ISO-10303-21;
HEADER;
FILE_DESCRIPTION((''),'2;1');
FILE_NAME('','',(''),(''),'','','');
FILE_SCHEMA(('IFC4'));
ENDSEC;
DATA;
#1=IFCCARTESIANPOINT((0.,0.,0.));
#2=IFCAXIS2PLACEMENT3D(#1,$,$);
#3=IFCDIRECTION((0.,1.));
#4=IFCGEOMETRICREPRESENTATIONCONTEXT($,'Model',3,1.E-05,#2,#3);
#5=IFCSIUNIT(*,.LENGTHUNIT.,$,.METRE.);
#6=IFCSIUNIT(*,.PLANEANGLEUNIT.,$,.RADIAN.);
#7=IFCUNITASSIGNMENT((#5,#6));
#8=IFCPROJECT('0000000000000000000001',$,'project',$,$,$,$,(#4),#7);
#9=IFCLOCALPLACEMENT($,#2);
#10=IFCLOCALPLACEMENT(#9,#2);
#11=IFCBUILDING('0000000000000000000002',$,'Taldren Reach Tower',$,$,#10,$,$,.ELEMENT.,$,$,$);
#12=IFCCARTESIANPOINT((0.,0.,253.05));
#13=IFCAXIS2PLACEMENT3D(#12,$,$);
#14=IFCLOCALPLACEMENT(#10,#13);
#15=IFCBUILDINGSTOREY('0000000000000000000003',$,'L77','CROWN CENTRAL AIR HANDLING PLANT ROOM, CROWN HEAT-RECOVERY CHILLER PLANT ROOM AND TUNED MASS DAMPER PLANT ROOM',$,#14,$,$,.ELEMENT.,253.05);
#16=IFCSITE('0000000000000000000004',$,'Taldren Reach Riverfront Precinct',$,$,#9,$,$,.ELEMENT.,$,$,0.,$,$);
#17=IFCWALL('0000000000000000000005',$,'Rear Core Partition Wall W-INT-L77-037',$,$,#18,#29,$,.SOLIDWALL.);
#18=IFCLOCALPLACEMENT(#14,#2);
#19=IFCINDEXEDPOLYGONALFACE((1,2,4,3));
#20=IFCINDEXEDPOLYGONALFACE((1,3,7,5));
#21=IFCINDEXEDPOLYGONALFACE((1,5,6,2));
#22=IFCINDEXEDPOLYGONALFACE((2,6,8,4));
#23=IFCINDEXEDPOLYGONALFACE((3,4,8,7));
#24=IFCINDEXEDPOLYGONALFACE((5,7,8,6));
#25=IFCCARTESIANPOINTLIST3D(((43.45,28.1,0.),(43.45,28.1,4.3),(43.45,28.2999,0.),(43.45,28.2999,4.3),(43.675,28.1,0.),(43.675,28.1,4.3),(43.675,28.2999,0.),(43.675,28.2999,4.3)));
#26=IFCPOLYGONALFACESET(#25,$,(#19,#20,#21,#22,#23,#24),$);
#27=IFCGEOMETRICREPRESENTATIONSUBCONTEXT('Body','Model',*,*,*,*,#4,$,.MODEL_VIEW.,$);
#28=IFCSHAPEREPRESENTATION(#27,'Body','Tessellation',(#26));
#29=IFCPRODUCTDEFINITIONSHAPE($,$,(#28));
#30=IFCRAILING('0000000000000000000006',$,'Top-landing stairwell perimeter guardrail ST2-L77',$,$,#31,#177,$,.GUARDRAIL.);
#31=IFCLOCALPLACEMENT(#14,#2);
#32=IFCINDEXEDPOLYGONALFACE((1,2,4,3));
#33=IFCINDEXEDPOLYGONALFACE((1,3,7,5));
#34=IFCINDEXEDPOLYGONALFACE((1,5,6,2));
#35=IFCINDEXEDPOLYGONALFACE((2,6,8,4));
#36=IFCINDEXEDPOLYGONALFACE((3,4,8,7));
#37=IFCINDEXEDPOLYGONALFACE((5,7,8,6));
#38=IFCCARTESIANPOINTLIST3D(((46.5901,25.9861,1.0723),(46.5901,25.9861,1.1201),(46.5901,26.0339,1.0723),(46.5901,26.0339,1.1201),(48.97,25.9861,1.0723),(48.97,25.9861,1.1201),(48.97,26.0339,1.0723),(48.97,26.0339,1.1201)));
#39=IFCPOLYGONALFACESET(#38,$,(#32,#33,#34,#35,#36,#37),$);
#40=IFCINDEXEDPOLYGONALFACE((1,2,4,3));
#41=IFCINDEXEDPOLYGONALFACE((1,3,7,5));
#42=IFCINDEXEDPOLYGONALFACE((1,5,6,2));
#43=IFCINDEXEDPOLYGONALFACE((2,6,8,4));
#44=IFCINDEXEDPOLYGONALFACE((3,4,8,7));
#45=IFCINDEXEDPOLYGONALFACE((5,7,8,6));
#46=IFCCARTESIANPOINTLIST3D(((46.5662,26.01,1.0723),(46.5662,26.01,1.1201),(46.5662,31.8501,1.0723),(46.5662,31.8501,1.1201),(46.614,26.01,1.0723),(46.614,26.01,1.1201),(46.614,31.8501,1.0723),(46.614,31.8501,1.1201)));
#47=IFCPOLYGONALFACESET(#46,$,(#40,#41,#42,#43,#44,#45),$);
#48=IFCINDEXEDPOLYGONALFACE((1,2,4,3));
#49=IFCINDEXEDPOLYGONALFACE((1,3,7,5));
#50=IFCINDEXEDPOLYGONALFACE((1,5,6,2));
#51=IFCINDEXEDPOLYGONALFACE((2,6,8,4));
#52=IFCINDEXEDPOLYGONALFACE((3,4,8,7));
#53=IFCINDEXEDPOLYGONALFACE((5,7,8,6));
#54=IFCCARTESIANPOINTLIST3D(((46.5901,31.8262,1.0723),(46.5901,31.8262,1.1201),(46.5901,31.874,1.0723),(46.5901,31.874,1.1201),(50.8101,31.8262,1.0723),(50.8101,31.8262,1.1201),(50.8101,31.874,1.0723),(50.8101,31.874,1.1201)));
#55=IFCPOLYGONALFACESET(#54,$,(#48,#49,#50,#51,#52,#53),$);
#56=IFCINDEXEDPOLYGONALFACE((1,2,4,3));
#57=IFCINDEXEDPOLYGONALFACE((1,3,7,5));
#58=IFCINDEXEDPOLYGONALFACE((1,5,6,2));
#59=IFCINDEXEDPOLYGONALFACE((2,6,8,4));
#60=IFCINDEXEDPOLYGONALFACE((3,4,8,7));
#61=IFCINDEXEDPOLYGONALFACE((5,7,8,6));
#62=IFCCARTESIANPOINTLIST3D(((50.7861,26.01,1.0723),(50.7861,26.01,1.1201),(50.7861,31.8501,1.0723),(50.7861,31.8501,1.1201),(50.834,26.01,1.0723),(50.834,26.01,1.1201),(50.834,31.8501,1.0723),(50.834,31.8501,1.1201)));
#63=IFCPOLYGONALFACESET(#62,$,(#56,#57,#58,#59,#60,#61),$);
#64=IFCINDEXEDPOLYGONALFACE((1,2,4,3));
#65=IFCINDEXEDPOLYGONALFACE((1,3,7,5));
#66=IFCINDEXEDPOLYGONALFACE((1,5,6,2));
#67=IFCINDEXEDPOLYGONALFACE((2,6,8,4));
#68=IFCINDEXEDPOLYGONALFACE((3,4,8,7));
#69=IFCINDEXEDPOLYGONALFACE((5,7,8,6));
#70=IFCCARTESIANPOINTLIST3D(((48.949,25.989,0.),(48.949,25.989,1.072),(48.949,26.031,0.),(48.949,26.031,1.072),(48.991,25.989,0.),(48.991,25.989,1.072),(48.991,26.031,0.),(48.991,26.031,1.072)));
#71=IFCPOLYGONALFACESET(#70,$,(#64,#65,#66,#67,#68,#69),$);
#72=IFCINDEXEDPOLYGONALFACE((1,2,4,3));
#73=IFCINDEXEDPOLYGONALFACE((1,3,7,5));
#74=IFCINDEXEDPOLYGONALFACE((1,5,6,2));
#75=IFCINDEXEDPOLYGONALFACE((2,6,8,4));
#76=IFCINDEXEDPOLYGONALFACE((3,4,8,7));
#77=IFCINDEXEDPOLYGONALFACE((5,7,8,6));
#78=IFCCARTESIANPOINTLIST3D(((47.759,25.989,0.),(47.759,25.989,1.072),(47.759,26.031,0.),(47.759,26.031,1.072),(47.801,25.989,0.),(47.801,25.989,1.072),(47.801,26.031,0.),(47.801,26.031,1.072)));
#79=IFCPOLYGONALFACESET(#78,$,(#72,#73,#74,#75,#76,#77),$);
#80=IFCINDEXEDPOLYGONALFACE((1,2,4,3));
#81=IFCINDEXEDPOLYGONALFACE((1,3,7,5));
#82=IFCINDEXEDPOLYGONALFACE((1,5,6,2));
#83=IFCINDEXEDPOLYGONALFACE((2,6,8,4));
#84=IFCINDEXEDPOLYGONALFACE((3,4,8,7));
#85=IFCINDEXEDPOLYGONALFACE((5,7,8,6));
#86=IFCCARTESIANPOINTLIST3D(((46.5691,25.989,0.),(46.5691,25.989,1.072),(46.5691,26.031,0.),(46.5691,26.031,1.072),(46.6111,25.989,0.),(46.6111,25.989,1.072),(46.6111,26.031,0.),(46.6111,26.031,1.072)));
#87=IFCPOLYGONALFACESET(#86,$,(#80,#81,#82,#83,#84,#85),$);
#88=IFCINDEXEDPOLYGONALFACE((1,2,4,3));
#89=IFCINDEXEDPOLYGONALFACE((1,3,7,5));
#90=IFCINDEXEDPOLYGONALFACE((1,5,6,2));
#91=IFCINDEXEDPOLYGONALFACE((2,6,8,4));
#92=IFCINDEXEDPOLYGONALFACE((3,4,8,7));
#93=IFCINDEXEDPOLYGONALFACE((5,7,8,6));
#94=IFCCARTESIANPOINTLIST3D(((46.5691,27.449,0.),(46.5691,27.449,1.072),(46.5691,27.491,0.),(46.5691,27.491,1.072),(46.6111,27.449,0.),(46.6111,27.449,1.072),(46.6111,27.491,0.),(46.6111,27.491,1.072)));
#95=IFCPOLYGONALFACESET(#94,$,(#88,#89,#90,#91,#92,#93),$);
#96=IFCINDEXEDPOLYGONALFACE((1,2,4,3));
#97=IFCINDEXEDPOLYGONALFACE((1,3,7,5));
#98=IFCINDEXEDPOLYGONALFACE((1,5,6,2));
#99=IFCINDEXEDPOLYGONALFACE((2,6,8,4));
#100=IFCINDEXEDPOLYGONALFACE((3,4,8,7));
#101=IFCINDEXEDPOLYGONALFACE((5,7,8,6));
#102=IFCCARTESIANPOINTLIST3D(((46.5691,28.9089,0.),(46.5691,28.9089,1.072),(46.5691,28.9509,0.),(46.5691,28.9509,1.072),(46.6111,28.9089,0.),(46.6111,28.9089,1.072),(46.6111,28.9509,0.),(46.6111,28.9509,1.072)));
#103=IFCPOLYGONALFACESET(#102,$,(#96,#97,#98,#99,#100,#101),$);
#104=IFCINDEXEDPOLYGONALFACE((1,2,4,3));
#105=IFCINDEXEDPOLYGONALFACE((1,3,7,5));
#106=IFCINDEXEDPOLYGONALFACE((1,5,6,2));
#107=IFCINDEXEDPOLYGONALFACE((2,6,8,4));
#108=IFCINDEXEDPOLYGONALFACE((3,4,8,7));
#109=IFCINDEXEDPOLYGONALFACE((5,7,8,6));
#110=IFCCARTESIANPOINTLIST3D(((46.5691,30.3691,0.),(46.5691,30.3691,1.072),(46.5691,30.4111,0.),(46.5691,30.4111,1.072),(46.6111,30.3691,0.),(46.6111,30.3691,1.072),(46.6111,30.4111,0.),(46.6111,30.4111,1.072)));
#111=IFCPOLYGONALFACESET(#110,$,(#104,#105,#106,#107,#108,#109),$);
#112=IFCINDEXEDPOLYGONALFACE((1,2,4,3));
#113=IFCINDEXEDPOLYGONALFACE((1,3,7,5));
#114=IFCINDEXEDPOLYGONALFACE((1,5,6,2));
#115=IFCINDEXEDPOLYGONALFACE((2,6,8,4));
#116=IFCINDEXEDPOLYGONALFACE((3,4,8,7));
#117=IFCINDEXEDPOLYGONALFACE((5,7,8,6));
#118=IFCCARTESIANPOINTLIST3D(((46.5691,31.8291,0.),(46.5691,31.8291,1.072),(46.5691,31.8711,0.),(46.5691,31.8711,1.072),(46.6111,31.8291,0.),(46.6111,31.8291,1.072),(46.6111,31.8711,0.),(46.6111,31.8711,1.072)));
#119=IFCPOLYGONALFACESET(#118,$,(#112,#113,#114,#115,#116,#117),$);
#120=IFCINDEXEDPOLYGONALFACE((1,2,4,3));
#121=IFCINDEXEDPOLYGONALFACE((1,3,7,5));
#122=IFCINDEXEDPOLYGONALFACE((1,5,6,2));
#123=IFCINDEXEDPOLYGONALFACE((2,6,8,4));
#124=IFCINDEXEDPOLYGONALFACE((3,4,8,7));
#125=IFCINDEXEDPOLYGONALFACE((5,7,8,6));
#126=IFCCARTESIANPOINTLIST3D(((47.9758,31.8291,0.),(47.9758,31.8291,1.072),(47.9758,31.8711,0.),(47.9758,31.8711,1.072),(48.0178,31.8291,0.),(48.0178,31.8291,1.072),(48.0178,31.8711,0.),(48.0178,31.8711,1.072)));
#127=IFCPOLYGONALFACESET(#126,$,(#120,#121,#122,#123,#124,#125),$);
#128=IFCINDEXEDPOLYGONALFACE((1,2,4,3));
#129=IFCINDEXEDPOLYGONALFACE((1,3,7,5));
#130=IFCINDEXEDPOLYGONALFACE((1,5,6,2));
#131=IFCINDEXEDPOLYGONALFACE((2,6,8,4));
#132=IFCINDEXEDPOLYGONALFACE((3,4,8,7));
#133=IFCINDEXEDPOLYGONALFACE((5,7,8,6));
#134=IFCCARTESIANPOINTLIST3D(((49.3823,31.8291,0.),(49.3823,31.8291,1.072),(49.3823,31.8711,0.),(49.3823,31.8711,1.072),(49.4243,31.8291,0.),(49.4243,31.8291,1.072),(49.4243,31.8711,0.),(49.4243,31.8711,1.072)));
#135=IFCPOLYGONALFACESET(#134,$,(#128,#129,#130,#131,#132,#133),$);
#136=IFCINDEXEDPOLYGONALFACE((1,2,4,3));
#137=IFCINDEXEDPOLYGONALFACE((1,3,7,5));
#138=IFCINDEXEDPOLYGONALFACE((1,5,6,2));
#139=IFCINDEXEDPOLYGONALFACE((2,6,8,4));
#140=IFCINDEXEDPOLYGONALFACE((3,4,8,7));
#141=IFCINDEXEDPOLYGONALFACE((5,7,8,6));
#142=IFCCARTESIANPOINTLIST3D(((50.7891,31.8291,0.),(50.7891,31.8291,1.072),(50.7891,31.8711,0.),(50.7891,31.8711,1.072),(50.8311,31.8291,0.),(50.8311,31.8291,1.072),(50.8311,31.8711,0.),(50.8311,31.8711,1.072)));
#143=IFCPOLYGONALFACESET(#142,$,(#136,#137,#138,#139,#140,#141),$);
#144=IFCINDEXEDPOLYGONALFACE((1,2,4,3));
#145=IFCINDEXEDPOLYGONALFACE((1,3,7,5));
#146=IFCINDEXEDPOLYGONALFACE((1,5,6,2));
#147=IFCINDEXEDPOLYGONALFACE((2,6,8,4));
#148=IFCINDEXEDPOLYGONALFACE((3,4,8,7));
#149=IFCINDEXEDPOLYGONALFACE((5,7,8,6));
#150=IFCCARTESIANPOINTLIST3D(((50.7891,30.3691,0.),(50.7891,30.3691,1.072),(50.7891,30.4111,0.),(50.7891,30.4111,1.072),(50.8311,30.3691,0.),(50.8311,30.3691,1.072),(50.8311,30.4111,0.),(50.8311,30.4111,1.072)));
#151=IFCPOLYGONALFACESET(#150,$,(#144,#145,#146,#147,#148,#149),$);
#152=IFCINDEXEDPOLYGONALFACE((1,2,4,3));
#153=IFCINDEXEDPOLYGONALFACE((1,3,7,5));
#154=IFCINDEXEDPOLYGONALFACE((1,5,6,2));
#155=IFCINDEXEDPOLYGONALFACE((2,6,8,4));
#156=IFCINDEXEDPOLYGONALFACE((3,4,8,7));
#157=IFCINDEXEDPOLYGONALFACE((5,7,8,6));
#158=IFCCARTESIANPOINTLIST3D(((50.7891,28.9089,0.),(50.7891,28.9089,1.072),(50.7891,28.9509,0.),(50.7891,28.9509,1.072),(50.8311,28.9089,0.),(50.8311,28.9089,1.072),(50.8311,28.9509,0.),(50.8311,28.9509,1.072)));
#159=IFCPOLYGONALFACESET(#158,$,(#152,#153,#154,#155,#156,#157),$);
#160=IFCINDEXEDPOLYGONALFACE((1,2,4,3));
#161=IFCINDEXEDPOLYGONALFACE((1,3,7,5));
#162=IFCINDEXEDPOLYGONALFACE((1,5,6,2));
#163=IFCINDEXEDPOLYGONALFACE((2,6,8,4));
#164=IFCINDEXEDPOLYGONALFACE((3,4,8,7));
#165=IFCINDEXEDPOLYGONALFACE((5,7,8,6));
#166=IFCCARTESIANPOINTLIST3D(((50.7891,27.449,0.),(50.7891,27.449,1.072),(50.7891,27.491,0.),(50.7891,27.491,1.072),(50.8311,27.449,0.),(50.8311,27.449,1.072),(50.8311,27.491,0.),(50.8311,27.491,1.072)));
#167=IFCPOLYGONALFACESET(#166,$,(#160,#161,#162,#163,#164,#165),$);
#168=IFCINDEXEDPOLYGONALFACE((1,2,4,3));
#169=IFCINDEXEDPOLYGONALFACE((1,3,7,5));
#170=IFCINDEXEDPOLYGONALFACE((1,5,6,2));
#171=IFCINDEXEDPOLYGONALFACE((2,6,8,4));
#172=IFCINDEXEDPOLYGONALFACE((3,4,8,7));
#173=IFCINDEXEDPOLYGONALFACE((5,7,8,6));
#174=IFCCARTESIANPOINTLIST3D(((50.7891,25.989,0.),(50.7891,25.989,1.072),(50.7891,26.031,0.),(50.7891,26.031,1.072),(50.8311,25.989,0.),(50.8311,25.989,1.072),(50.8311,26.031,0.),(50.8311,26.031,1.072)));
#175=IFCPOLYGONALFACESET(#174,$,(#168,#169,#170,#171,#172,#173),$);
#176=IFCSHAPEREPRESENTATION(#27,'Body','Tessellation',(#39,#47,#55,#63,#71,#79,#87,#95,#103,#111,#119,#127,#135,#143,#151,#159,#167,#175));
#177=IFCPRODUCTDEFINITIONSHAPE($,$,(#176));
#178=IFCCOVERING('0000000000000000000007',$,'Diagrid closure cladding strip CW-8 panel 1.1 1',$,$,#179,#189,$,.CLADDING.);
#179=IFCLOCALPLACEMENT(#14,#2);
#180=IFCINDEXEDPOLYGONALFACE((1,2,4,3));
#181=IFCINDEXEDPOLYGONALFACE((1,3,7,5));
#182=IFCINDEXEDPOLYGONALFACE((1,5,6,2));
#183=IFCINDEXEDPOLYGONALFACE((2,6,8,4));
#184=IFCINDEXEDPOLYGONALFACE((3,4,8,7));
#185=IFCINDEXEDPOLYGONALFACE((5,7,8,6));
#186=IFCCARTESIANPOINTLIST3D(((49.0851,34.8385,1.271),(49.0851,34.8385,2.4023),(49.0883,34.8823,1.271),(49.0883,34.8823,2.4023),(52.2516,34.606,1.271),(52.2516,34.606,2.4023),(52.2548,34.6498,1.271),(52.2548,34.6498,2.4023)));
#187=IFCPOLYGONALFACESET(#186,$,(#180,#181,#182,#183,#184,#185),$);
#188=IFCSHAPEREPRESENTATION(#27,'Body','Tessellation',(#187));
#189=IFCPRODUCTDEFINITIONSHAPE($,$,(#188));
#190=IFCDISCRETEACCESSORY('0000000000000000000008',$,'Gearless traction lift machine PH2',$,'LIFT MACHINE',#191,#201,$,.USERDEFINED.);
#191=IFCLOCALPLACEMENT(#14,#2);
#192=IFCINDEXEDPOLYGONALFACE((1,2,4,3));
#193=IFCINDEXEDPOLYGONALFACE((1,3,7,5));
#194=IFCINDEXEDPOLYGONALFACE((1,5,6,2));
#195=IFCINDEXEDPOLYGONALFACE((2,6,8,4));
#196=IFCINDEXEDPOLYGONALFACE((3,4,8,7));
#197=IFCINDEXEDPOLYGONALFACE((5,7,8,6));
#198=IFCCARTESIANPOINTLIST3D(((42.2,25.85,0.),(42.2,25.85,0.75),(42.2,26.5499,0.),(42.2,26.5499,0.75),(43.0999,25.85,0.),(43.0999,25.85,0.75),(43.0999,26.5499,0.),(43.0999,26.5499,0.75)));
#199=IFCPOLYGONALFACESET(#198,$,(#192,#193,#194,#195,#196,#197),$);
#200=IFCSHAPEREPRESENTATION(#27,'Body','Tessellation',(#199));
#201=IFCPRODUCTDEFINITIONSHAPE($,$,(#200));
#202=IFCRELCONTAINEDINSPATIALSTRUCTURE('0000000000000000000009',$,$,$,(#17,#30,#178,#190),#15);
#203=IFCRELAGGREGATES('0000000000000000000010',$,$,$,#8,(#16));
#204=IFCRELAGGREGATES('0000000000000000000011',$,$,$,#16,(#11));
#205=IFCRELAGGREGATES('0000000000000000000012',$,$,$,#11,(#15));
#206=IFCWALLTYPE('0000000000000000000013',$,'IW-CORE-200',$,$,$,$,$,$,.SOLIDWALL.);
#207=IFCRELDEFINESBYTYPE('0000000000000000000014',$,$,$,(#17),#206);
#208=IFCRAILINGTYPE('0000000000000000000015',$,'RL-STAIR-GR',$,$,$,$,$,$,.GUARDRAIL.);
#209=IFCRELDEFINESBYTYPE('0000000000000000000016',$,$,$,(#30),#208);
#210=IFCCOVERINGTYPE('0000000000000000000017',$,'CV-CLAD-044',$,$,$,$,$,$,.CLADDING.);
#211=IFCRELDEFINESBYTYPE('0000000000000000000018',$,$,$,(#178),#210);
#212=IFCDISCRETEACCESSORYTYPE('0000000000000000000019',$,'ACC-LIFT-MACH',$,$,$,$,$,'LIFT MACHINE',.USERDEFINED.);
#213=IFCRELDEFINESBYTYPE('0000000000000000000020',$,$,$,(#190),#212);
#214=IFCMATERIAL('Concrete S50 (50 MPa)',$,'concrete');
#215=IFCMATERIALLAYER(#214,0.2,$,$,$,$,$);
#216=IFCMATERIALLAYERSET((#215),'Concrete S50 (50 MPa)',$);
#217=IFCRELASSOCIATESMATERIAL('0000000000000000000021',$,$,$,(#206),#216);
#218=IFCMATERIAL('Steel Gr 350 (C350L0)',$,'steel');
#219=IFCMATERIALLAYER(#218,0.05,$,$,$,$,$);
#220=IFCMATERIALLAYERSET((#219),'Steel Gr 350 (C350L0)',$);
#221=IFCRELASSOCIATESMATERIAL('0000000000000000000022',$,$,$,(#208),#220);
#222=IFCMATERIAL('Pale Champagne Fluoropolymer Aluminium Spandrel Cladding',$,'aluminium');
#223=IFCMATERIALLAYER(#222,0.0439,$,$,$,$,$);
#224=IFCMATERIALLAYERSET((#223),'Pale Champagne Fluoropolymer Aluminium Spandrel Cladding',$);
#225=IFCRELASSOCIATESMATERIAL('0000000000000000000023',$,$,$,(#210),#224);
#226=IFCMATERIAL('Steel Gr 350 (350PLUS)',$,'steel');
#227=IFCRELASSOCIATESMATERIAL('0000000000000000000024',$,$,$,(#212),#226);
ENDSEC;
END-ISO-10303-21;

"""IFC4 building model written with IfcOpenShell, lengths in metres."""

from ifc_helpers import new_model, si_unit, direction, frame, frame_2d, origin, origin_2d, place, context, subcontext, project, spatial, rectangle, extrude, source, transform, mapped, material, layer, layer_set, type_object, element, save


model = new_model("IFC4")

# Units and contexts
model_context = context("Model", 3, precision=1e-05, world=origin(), true_north=direction((0.0, 1.0)))
body_context = subcontext(model_context, "Body", "Model", "MODEL_VIEW")
ifc_project = project(units=[si_unit("LENGTHUNIT", "METRE"), si_unit("PLANEANGLEUNIT", "RADIAN")], contexts=[model_context])

# Site, building, storey
site_placement = place(None, origin())
site = spatial("IfcSite", under=ifc_project, at=site_placement, Name="Taldren Reach Riverfront Precinct", CompositionType="ELEMENT", RefElevation=0.0)
building_placement = place(site_placement, origin())
building = spatial("IfcBuilding", under=site, at=building_placement, Name="Taldren Reach Tower", CompositionType="ELEMENT")
storey_placement = place(building_placement, frame((0.0, 0.0, 253.05)))
storey = spatial("IfcBuildingStorey", under=building, at=storey_placement, Name="L77", Description="CROWN CENTRAL AIR HANDLING PLANT ROOM, CROWN HEAT-RECOVERY CHILLER PLANT ROOM AND TUNED MASS DAMPER PLANT ROOM", CompositionType="ELEMENT", Elevation=253.05)

# Shared definitions
ifc_material_1 = material(Name="Steel Gr 350 (350PLUS)", Category="steel")

# Shared definitions
ifc_material_2 = material(Name="Steel Gr 350 (C350L0)", Category="steel")

# Shared definitions
ifc_material_3 = material(Name="Concrete S50 (50 MPa)", Category="concrete")
ifc_layer_1 = layer(ifc_material_3, 0.2)
ifc_layer_set_1 = layer_set([ifc_layer_1], Name="Concrete S50 (50 MPa)")
wall_type_1 = type_object("IfcWallType", Name="IW-CORE-200", PredefinedType="SOLIDWALL", material=ifc_layer_set_1)

# Wall
shared_shape_1 = source(origin(), body_context, "Body", "SweptSolid", [
    extrude(rectangle(XDim=0.2251, YDim=0.2, at=frame_2d((0.1125, 0.0))), origin(), (0.0, 0.0, 1.0), 4.3),
])
wall_1_placement = place(storey_placement, frame((43.45, 28.2, 0.0), z_axis=(0.0, 0.0, 1.0), x_axis=(1.0, 0.0, 0.0)))
element("IfcWall", 1, at=wall_1_placement, inside=storey, type_object=wall_type_1, Name="Rear Core Partition Wall W-INT-L77-037", PredefinedType="SOLIDWALL", context=body_context, shape_type="MappedRepresentation", body=[
    mapped(shared_shape_1, transform((0.0, 0.0, 0.0), scale=1.0)),
])

# Railing
ifc_layer_2 = layer(ifc_material_2, 0.05)
ifc_layer_set_2 = layer_set([ifc_layer_2], Name="Steel Gr 350 (C350L0)")
railing_type = type_object("IfcRailingType", Name="RL-STAIR-GR", PredefinedType="GUARDRAIL", material=ifc_layer_set_2)
railing_placement = place(storey_placement, frame((48.97, 26.01, 0.0)))
element("IfcRailing", 2, at=railing_placement, inside=storey, type_object=railing_type, Name="Top-landing stairwell perimeter guardrail ST2-L77", PredefinedType="GUARDRAIL", context=body_context, shape_type="SweptSolid", body=[
    extrude(rectangle(XDim=0.0479, YDim=0.0479, at=origin_2d()), frame((0.0, 0.0, 1.0962), z_axis=(-1.0, 0.0, 0.0), x_axis=(0.0, -1.0, 0.0)), (0.0, 0.0, 1.0), 2.3799),
    extrude(rectangle(XDim=0.0479, YDim=0.0479, at=origin_2d()), frame((-2.3799, 0.0, 1.0962), z_axis=(0.0, 1.0, 0.0), x_axis=(-1.0, 0.0, 0.0)), (0.0, 0.0, 1.0), 5.8401),
    extrude(rectangle(XDim=0.0479, YDim=0.0479, at=origin_2d()), frame((-2.3799, 5.8401, 1.0962), z_axis=(1.0, 0.0, 0.0), x_axis=(0.0, 1.0, 0.0)), (0.0, 0.0, 1.0), 4.22),
    extrude(rectangle(XDim=0.0479, YDim=0.0479, at=origin_2d()), frame((1.8401, 5.8401, 1.0962), z_axis=(0.0, -1.0, 0.0), x_axis=(1.0, 0.0, 0.0)), (0.0, 0.0, 1.0), 5.8401),
    extrude(rectangle(XDim=0.042, YDim=0.042, at=origin_2d()), origin(), (0.0, 0.0, 1.0), 1.072),
    extrude(rectangle(XDim=0.042, YDim=0.042, at=origin_2d()), frame((-1.1899, 0.0, 0.0)), (0.0, 0.0, 1.0), 1.072),
    extrude(rectangle(XDim=0.042, YDim=0.042, at=origin_2d()), frame((-2.3799, 0.0, 0.0)), (0.0, 0.0, 1.0), 1.072),
    extrude(rectangle(XDim=0.042, YDim=0.042, at=origin_2d()), frame((-2.3799, 1.46, 0.0)), (0.0, 0.0, 1.0), 1.072),
    extrude(rectangle(XDim=0.042, YDim=0.042, at=origin_2d()), frame((-2.3799, 2.9199, 0.0)), (0.0, 0.0, 1.0), 1.072),
    extrude(rectangle(XDim=0.042, YDim=0.042, at=origin_2d()), frame((-2.3799, 4.3801, 0.0)), (0.0, 0.0, 1.0), 1.072),
    extrude(rectangle(XDim=0.042, YDim=0.042, at=origin_2d()), frame((-2.3799, 5.8401, 0.0)), (0.0, 0.0, 1.0), 1.072),
    extrude(rectangle(XDim=0.042, YDim=0.042, at=origin_2d()), frame((-0.9731, 5.8401, 0.0)), (0.0, 0.0, 1.0), 1.072),
    extrude(rectangle(XDim=0.042, YDim=0.042, at=origin_2d()), frame((0.4333, 5.8401, 0.0)), (0.0, 0.0, 1.0), 1.072),
    extrude(rectangle(XDim=0.042, YDim=0.042, at=origin_2d()), frame((1.8401, 5.8401, 0.0)), (0.0, 0.0, 1.0), 1.072),
    extrude(rectangle(XDim=0.042, YDim=0.042, at=origin_2d()), frame((1.8401, 4.3801, 0.0)), (0.0, 0.0, 1.0), 1.072),
    extrude(rectangle(XDim=0.042, YDim=0.042, at=origin_2d()), frame((1.8401, 2.9199, 0.0)), (0.0, 0.0, 1.0), 1.072),
    extrude(rectangle(XDim=0.042, YDim=0.042, at=origin_2d()), frame((1.8401, 1.46, 0.0)), (0.0, 0.0, 1.0), 1.072),
    extrude(rectangle(XDim=0.042, YDim=0.042, at=origin_2d()), frame((1.8401, 0.0, 0.0)), (0.0, 0.0, 1.0), 1.072),
])

# Covering
ifc_material_4 = material(Name="Pale Champagne Fluoropolymer Aluminium Spandrel Cladding", Category="aluminium")
ifc_layer_3 = layer(ifc_material_4, 0.0439)
ifc_layer_set_3 = layer_set([ifc_layer_3], Name="Pale Champagne Fluoropolymer Aluminium Spandrel Cladding")
covering_type = type_object("IfcCoveringType", Name="CV-CLAD-044", PredefinedType="CLADDING", material=ifc_layer_set_3)
shared_shape_2 = source(origin(), body_context, "Body", "SweptSolid", [
    extrude(rectangle(XDim=3.175, YDim=0.0439, at=origin_2d()), origin(), (0.0, 0.0, 1.0), 1.1313),
])
covering_placement = place(storey_placement, frame((50.6699, 34.7441, 1.271), z_axis=(0.0, 0.0, 1.0), x_axis=(0.997314, -0.073239, 0.0)))
element("IfcCovering", 3, at=covering_placement, inside=storey, type_object=covering_type, Name="Diagrid closure cladding strip CW-8 panel 1.1 1", PredefinedType="CLADDING", context=body_context, shape_type="MappedRepresentation", body=[
    mapped(shared_shape_2, transform((0.0, 0.0, 0.0), scale=1.0)),
])

# Discrete accessory
discrete_accessory_type = type_object("IfcDiscreteAccessoryType", Name="ACC-LIFT-MACH", ElementType="LIFT MACHINE", PredefinedType="USERDEFINED", material=ifc_material_1)
shared_shape_3 = source(origin(), body_context, "Body", "SweptSolid", [
    extrude(rectangle(XDim=0.8999, YDim=0.7, at=origin_2d()), origin(), (0.0, 0.0, 1.0), 0.75),
])
discrete_accessory_placement = place(storey_placement, frame((42.6499, 26.2, 0.0), z_axis=(0.0, 0.0, 1.0), x_axis=(1.0, 0.0, 0.0)))
element("IfcDiscreteAccessory", 4, at=discrete_accessory_placement, inside=storey, type_object=discrete_accessory_type, Name="Gearless traction lift machine PH2", ObjectType="LIFT MACHINE", PredefinedType="USERDEFINED", context=body_context, shape_type="MappedRepresentation", body=[
    mapped(shared_shape_3, transform((0.0, 0.0, 0.0), scale=1.0)),
])

save(model, "model.ifc")
